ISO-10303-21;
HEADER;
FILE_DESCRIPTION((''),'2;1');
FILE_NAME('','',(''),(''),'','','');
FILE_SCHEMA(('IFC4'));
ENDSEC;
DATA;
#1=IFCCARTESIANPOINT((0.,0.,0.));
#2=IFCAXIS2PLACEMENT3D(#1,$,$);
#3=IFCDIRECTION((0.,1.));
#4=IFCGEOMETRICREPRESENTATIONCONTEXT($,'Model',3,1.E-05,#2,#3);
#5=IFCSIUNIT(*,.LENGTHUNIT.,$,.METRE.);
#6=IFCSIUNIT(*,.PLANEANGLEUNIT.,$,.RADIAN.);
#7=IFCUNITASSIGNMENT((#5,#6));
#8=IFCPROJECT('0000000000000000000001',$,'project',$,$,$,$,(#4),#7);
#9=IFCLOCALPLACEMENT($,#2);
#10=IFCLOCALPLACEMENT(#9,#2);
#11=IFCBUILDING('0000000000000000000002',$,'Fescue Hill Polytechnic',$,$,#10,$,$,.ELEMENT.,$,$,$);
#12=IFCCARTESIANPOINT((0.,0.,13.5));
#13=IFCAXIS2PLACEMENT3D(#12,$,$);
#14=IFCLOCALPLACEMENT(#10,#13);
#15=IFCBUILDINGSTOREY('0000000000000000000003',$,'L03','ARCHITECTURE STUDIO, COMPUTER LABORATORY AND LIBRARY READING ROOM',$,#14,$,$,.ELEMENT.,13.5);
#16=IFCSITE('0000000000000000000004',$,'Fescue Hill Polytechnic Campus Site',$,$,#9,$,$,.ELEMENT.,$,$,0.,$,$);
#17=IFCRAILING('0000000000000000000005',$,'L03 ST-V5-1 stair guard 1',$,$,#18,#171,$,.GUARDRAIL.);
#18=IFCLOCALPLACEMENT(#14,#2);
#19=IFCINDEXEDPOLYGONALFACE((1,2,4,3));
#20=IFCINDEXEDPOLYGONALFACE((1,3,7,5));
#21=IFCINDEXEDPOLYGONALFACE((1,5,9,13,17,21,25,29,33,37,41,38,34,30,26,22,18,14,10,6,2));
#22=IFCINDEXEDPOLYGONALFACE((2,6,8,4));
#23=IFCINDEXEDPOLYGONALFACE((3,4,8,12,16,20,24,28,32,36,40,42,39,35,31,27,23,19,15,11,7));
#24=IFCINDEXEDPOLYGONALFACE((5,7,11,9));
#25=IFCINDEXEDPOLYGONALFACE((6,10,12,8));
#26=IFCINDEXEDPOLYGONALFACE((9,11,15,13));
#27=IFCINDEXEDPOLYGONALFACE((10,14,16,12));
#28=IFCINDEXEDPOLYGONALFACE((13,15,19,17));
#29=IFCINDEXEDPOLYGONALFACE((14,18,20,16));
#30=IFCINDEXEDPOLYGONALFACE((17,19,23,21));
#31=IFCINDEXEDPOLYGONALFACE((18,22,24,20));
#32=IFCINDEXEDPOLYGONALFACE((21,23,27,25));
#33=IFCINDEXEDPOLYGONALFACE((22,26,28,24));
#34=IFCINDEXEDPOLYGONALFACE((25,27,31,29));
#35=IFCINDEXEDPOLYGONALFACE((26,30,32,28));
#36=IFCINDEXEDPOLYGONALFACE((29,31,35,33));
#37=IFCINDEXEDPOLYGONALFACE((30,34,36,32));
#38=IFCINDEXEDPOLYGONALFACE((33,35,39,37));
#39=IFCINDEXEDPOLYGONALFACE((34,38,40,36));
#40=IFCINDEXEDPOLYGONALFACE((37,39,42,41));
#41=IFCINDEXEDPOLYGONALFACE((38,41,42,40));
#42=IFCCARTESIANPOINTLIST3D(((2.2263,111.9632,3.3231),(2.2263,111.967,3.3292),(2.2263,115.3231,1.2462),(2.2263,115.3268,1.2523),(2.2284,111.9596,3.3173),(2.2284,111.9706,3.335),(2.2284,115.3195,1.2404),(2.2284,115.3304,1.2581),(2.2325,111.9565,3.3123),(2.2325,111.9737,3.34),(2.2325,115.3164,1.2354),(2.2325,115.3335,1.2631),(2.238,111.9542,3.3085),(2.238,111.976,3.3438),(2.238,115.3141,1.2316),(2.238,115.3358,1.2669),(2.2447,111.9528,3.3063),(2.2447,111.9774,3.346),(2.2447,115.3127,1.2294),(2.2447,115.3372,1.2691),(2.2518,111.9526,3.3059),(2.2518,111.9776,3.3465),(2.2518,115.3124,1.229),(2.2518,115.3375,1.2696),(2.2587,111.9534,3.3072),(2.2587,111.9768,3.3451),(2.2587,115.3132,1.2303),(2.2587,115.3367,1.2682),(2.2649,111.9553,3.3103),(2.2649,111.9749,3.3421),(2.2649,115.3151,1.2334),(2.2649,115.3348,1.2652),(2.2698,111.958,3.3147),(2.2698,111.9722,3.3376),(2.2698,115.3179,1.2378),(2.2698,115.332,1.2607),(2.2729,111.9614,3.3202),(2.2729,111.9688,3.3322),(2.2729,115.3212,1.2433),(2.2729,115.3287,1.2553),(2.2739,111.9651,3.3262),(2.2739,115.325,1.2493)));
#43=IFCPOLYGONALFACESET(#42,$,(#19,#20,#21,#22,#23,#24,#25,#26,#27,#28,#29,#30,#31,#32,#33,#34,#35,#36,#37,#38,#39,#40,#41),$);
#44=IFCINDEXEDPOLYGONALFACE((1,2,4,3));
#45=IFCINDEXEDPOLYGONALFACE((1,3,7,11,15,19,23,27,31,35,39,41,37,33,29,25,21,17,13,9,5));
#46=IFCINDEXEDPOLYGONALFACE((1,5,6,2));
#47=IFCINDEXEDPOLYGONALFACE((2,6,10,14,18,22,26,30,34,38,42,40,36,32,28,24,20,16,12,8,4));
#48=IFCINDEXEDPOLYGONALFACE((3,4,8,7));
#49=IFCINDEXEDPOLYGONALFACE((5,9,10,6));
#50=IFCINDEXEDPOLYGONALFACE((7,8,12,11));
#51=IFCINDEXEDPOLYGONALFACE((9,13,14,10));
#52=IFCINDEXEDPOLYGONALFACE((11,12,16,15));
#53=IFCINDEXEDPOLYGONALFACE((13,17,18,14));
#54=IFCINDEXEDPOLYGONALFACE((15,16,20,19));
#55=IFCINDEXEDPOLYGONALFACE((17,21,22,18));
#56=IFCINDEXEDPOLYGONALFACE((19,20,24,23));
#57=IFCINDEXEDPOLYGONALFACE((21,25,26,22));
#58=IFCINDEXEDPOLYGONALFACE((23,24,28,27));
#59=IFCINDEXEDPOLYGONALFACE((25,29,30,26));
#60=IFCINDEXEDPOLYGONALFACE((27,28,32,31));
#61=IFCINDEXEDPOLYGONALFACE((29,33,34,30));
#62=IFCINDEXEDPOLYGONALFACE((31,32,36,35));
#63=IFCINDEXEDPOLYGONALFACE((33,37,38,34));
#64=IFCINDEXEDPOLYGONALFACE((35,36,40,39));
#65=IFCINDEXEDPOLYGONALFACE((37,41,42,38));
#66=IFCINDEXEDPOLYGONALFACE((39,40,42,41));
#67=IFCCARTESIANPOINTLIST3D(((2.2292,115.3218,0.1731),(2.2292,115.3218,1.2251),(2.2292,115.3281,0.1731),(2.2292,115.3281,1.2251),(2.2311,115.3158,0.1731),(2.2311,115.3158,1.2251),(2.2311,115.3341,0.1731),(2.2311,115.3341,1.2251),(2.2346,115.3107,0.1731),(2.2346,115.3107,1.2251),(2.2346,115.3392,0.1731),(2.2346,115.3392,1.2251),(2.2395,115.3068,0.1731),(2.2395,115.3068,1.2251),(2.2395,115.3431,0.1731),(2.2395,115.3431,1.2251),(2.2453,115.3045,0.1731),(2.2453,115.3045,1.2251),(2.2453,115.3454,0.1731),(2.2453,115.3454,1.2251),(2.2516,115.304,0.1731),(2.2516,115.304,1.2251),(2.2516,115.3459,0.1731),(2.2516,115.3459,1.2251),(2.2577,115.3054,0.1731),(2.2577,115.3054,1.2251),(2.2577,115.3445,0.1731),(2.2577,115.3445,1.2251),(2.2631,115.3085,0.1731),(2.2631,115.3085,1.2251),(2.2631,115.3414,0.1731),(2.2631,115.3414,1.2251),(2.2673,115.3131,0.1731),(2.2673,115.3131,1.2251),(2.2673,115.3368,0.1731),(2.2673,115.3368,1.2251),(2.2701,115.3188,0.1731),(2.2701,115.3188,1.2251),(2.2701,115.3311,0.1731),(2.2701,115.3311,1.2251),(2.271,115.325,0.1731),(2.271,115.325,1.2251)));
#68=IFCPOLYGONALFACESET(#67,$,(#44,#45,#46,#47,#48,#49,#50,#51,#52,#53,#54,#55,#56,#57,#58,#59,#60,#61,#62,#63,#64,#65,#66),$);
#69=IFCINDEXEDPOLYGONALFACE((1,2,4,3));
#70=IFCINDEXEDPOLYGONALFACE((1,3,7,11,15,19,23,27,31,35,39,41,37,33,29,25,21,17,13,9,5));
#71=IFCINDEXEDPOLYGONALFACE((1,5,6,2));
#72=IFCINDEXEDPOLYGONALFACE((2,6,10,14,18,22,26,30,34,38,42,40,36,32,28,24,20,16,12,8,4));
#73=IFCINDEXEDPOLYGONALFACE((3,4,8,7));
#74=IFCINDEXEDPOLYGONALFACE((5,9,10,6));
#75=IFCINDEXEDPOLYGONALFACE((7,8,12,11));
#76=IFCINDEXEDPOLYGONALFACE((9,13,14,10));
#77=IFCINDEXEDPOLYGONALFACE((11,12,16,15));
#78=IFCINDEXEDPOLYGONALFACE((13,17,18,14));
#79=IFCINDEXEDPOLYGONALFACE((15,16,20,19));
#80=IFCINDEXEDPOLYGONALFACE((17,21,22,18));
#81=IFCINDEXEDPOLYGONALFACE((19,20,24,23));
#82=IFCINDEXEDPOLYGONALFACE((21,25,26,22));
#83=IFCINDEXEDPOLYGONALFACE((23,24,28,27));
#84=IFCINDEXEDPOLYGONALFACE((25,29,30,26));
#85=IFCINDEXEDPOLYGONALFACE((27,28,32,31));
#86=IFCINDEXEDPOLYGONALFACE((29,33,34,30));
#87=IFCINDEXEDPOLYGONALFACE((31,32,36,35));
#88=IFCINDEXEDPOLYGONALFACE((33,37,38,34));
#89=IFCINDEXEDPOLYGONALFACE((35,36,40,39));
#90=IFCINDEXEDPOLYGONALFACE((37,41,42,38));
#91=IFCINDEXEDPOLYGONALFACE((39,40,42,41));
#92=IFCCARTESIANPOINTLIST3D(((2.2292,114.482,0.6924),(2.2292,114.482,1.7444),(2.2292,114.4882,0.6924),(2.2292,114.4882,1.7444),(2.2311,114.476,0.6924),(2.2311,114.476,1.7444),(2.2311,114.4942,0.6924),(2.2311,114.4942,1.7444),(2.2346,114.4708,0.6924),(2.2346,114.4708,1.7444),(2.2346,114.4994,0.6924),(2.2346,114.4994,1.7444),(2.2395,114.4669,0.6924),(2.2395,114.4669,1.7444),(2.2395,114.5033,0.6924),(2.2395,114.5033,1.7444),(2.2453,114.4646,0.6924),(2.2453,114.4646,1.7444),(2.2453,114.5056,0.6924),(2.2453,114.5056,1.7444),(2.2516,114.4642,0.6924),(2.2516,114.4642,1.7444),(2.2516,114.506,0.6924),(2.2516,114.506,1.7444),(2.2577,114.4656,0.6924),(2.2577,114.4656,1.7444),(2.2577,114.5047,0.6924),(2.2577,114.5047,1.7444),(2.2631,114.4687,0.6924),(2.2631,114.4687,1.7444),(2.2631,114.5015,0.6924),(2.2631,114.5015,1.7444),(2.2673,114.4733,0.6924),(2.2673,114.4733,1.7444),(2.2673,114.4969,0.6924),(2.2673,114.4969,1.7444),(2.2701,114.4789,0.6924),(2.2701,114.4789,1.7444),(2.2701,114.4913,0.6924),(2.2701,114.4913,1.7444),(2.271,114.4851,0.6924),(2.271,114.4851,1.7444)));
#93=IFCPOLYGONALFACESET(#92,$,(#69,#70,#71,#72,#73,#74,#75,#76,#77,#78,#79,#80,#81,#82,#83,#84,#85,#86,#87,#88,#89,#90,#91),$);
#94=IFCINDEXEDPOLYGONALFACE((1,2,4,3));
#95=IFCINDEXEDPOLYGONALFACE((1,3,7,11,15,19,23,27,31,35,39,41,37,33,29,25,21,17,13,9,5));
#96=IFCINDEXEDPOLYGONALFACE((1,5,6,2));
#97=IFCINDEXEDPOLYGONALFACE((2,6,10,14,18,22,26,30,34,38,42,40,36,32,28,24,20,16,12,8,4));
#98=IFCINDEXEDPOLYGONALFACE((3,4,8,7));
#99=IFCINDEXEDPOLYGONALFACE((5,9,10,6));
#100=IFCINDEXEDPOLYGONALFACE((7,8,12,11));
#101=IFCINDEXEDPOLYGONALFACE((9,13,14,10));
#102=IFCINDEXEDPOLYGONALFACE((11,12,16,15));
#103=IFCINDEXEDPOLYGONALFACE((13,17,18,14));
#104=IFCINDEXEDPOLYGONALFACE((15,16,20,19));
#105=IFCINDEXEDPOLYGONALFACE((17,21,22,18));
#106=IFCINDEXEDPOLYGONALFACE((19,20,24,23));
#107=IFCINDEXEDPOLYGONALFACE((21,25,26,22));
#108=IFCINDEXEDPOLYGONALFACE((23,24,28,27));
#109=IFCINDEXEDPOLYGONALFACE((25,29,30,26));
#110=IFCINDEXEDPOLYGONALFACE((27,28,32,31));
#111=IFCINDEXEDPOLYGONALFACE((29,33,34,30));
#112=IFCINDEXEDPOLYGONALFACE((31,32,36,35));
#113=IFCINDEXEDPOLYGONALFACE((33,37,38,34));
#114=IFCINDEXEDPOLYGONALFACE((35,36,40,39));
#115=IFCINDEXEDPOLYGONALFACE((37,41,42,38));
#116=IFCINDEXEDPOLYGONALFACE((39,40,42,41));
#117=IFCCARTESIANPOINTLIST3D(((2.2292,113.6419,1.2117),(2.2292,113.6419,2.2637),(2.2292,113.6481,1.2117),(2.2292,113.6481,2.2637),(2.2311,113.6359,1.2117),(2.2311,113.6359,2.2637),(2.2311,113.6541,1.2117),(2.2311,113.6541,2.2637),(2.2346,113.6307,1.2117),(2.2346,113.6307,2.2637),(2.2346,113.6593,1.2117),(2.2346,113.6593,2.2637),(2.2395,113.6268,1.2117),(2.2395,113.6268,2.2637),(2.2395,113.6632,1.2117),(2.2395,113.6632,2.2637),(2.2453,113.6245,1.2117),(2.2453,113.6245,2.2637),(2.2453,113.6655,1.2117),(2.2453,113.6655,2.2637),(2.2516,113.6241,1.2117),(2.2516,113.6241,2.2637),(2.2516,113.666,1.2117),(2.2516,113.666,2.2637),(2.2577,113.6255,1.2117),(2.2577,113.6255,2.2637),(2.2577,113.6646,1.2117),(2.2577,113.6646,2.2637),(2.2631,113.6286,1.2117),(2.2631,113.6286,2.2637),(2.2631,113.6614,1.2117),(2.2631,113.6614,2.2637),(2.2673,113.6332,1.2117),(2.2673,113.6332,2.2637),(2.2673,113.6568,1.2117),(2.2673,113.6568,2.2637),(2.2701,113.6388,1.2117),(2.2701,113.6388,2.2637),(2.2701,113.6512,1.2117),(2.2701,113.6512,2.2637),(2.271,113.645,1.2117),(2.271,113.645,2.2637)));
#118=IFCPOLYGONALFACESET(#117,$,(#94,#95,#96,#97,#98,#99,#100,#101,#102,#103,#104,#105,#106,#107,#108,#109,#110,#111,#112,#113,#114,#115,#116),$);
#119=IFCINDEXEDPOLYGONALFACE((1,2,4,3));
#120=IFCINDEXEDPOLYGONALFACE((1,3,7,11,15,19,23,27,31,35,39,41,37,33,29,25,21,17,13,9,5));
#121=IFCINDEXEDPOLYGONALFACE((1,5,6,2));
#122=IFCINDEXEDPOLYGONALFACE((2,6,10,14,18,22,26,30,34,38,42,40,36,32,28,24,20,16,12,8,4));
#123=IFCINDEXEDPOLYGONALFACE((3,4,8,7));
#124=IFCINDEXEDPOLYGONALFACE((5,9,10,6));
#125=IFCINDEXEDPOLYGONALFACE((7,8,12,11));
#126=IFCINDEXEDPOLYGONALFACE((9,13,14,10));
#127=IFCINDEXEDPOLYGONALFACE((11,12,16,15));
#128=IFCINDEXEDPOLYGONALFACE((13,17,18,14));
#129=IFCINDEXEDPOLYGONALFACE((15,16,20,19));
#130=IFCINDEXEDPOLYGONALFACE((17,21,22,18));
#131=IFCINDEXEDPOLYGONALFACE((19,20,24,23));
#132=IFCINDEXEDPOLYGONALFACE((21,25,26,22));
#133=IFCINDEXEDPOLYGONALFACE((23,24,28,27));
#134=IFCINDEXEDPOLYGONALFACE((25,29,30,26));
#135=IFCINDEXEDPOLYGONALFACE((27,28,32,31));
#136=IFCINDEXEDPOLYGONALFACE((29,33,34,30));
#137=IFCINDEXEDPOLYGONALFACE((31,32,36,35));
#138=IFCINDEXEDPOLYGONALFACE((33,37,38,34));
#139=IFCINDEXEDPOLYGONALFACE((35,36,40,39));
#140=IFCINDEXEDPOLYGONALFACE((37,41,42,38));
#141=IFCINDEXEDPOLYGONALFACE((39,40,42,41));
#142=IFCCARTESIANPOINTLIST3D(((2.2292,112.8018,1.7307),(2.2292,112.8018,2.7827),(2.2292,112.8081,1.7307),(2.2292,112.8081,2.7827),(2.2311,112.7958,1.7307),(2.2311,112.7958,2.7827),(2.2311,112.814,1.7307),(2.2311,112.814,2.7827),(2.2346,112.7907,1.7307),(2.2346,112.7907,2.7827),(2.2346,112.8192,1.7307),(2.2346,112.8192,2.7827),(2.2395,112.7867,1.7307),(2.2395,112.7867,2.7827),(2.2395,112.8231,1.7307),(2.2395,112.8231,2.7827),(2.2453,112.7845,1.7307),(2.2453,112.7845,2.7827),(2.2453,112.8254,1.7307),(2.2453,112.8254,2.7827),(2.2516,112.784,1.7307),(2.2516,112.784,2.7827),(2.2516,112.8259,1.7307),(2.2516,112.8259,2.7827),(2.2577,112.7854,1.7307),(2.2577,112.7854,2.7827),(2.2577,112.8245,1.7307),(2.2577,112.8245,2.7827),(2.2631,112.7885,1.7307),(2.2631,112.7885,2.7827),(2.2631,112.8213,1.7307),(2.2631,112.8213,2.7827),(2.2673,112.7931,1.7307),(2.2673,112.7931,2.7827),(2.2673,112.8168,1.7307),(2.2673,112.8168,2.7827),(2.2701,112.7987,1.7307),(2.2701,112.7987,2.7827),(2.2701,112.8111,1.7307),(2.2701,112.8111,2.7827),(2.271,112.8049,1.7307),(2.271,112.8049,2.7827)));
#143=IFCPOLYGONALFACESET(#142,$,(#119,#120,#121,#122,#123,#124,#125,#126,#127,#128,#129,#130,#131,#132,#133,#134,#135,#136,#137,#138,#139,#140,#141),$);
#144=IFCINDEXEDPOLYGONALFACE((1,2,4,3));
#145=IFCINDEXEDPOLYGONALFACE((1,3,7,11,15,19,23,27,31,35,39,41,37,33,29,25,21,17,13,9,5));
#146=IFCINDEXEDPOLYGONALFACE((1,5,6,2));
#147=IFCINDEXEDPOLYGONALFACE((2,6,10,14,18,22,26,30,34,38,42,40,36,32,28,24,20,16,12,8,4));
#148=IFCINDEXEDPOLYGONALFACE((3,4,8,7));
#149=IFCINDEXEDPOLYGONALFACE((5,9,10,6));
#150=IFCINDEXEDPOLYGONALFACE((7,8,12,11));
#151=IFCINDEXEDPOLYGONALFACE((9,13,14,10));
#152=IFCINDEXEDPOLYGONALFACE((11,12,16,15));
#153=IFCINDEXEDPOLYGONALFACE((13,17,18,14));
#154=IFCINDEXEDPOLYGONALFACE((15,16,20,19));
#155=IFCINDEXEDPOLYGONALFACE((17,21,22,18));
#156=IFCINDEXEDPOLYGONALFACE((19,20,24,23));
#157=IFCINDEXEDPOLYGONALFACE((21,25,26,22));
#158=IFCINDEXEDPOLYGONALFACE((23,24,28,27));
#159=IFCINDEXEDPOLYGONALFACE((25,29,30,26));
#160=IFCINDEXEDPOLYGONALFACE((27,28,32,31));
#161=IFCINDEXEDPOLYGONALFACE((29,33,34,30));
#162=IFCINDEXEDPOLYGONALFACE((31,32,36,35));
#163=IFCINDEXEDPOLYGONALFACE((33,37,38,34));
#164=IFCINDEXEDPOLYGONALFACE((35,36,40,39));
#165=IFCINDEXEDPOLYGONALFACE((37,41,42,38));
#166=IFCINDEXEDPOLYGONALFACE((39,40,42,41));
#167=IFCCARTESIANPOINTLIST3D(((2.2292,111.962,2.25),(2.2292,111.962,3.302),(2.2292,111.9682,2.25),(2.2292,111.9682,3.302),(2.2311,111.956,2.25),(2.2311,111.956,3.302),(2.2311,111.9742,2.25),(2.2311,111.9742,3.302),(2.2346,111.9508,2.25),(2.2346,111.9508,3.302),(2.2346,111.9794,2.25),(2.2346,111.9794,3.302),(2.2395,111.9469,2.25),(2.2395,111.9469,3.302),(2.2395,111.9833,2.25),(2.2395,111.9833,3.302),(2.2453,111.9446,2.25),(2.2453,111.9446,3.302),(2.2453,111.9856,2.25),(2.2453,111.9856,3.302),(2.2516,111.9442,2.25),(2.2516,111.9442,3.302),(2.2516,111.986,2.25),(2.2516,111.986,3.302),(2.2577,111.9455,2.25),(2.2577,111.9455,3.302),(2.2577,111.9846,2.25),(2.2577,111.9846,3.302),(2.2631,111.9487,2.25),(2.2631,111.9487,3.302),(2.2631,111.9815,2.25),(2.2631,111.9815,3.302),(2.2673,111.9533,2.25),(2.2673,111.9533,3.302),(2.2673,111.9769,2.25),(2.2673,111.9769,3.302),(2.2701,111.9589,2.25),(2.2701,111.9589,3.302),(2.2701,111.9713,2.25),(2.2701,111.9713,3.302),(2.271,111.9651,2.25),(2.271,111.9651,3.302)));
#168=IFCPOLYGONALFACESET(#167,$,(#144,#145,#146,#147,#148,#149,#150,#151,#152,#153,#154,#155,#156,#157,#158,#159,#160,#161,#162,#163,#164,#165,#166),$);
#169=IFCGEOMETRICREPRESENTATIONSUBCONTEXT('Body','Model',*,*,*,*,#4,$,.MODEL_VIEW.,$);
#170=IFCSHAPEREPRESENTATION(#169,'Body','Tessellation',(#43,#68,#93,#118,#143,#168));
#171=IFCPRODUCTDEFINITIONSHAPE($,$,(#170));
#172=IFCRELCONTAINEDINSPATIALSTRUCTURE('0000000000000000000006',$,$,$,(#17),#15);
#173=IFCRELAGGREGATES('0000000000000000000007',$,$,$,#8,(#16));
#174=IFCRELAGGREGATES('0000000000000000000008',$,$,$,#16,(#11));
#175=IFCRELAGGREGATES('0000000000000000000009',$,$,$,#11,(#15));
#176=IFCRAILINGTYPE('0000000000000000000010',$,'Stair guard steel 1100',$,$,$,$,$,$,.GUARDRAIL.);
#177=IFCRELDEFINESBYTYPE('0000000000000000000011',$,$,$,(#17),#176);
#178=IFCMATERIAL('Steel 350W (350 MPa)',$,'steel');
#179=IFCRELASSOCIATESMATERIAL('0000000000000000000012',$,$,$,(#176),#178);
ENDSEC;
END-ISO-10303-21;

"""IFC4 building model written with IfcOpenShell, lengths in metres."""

from ifc_helpers import new_model, si_unit, direction, frame, origin, origin_2d, place, context, subcontext, project, spatial, circle, extrude, material, type_object, element, save


model = new_model("IFC4")

# Units and contexts
model_context = context("Model", 3, precision=1e-05, world=origin(), true_north=direction((0.0, 1.0)))
body_context = subcontext(model_context, "Body", "Model", "MODEL_VIEW")
ifc_project = project(units=[si_unit("LENGTHUNIT", "METRE"), si_unit("PLANEANGLEUNIT", "RADIAN")], contexts=[model_context])

# Site, building, storey
site_placement = place(None, origin())
site = spatial("IfcSite", under=ifc_project, at=site_placement, Name="Fescue Hill Polytechnic Campus Site", CompositionType="ELEMENT", RefElevation=0.0)
building_placement = place(site_placement, origin())
building = spatial("IfcBuilding", under=site, at=building_placement, Name="Fescue Hill Polytechnic", CompositionType="ELEMENT")
storey_placement = place(building_placement, frame((0.0, 0.0, 13.5)))
storey = spatial("IfcBuildingStorey", under=building, at=storey_placement, Name="L03", Description="ARCHITECTURE STUDIO, COMPUTER LABORATORY AND LIBRARY READING ROOM", CompositionType="ELEMENT", Elevation=13.5)

# Railing
ifc_material_1 = material(Name="Steel 350W (350 MPa)", Category="steel")
railing_type_1 = type_object("IfcRailingType", Name="Stair guard steel 1100", PredefinedType="GUARDRAIL", material=ifc_material_1)
railing_1_placement = place(storey_placement, frame((2.25, 115.325, 0.1731)))
element("IfcRailing", 1, at=railing_1_placement, inside=storey, type_object=railing_type_1, Name="L03 ST-V5-1 stair guard 1", PredefinedType="GUARDRAIL", context=body_context, shape_type="SweptSolid", body=[
    extrude(circle(Radius=0.0239, at=origin_2d()), frame((0.0, 0.0, 1.0762), z_axis=(0.0, -0.850606, 0.525803), x_axis=(1.0, 0.0, 0.0)), (0.0, 0.0, 1.0), 3.95),
    extrude(circle(Radius=0.021, at=origin_2d()), origin(), (0.0, 0.0, 1.0), 1.052),
    extrude(circle(Radius=0.021, at=origin_2d()), frame((0.0, -0.8398, 0.5193)), (0.0, 0.0, 1.0), 1.052),
    extrude(circle(Radius=0.021, at=origin_2d()), frame((0.0, -1.6799, 1.0386)), (0.0, 0.0, 1.0), 1.052),
    extrude(circle(Radius=0.021, at=origin_2d()), frame((0.0, -2.52, 1.5576)), (0.0, 0.0, 1.0), 1.052),
    extrude(circle(Radius=0.021, at=origin_2d()), frame((0.0, -3.3599, 2.0769)), (0.0, 0.0, 1.0), 1.052),
])

save(model, "model.ifc")
